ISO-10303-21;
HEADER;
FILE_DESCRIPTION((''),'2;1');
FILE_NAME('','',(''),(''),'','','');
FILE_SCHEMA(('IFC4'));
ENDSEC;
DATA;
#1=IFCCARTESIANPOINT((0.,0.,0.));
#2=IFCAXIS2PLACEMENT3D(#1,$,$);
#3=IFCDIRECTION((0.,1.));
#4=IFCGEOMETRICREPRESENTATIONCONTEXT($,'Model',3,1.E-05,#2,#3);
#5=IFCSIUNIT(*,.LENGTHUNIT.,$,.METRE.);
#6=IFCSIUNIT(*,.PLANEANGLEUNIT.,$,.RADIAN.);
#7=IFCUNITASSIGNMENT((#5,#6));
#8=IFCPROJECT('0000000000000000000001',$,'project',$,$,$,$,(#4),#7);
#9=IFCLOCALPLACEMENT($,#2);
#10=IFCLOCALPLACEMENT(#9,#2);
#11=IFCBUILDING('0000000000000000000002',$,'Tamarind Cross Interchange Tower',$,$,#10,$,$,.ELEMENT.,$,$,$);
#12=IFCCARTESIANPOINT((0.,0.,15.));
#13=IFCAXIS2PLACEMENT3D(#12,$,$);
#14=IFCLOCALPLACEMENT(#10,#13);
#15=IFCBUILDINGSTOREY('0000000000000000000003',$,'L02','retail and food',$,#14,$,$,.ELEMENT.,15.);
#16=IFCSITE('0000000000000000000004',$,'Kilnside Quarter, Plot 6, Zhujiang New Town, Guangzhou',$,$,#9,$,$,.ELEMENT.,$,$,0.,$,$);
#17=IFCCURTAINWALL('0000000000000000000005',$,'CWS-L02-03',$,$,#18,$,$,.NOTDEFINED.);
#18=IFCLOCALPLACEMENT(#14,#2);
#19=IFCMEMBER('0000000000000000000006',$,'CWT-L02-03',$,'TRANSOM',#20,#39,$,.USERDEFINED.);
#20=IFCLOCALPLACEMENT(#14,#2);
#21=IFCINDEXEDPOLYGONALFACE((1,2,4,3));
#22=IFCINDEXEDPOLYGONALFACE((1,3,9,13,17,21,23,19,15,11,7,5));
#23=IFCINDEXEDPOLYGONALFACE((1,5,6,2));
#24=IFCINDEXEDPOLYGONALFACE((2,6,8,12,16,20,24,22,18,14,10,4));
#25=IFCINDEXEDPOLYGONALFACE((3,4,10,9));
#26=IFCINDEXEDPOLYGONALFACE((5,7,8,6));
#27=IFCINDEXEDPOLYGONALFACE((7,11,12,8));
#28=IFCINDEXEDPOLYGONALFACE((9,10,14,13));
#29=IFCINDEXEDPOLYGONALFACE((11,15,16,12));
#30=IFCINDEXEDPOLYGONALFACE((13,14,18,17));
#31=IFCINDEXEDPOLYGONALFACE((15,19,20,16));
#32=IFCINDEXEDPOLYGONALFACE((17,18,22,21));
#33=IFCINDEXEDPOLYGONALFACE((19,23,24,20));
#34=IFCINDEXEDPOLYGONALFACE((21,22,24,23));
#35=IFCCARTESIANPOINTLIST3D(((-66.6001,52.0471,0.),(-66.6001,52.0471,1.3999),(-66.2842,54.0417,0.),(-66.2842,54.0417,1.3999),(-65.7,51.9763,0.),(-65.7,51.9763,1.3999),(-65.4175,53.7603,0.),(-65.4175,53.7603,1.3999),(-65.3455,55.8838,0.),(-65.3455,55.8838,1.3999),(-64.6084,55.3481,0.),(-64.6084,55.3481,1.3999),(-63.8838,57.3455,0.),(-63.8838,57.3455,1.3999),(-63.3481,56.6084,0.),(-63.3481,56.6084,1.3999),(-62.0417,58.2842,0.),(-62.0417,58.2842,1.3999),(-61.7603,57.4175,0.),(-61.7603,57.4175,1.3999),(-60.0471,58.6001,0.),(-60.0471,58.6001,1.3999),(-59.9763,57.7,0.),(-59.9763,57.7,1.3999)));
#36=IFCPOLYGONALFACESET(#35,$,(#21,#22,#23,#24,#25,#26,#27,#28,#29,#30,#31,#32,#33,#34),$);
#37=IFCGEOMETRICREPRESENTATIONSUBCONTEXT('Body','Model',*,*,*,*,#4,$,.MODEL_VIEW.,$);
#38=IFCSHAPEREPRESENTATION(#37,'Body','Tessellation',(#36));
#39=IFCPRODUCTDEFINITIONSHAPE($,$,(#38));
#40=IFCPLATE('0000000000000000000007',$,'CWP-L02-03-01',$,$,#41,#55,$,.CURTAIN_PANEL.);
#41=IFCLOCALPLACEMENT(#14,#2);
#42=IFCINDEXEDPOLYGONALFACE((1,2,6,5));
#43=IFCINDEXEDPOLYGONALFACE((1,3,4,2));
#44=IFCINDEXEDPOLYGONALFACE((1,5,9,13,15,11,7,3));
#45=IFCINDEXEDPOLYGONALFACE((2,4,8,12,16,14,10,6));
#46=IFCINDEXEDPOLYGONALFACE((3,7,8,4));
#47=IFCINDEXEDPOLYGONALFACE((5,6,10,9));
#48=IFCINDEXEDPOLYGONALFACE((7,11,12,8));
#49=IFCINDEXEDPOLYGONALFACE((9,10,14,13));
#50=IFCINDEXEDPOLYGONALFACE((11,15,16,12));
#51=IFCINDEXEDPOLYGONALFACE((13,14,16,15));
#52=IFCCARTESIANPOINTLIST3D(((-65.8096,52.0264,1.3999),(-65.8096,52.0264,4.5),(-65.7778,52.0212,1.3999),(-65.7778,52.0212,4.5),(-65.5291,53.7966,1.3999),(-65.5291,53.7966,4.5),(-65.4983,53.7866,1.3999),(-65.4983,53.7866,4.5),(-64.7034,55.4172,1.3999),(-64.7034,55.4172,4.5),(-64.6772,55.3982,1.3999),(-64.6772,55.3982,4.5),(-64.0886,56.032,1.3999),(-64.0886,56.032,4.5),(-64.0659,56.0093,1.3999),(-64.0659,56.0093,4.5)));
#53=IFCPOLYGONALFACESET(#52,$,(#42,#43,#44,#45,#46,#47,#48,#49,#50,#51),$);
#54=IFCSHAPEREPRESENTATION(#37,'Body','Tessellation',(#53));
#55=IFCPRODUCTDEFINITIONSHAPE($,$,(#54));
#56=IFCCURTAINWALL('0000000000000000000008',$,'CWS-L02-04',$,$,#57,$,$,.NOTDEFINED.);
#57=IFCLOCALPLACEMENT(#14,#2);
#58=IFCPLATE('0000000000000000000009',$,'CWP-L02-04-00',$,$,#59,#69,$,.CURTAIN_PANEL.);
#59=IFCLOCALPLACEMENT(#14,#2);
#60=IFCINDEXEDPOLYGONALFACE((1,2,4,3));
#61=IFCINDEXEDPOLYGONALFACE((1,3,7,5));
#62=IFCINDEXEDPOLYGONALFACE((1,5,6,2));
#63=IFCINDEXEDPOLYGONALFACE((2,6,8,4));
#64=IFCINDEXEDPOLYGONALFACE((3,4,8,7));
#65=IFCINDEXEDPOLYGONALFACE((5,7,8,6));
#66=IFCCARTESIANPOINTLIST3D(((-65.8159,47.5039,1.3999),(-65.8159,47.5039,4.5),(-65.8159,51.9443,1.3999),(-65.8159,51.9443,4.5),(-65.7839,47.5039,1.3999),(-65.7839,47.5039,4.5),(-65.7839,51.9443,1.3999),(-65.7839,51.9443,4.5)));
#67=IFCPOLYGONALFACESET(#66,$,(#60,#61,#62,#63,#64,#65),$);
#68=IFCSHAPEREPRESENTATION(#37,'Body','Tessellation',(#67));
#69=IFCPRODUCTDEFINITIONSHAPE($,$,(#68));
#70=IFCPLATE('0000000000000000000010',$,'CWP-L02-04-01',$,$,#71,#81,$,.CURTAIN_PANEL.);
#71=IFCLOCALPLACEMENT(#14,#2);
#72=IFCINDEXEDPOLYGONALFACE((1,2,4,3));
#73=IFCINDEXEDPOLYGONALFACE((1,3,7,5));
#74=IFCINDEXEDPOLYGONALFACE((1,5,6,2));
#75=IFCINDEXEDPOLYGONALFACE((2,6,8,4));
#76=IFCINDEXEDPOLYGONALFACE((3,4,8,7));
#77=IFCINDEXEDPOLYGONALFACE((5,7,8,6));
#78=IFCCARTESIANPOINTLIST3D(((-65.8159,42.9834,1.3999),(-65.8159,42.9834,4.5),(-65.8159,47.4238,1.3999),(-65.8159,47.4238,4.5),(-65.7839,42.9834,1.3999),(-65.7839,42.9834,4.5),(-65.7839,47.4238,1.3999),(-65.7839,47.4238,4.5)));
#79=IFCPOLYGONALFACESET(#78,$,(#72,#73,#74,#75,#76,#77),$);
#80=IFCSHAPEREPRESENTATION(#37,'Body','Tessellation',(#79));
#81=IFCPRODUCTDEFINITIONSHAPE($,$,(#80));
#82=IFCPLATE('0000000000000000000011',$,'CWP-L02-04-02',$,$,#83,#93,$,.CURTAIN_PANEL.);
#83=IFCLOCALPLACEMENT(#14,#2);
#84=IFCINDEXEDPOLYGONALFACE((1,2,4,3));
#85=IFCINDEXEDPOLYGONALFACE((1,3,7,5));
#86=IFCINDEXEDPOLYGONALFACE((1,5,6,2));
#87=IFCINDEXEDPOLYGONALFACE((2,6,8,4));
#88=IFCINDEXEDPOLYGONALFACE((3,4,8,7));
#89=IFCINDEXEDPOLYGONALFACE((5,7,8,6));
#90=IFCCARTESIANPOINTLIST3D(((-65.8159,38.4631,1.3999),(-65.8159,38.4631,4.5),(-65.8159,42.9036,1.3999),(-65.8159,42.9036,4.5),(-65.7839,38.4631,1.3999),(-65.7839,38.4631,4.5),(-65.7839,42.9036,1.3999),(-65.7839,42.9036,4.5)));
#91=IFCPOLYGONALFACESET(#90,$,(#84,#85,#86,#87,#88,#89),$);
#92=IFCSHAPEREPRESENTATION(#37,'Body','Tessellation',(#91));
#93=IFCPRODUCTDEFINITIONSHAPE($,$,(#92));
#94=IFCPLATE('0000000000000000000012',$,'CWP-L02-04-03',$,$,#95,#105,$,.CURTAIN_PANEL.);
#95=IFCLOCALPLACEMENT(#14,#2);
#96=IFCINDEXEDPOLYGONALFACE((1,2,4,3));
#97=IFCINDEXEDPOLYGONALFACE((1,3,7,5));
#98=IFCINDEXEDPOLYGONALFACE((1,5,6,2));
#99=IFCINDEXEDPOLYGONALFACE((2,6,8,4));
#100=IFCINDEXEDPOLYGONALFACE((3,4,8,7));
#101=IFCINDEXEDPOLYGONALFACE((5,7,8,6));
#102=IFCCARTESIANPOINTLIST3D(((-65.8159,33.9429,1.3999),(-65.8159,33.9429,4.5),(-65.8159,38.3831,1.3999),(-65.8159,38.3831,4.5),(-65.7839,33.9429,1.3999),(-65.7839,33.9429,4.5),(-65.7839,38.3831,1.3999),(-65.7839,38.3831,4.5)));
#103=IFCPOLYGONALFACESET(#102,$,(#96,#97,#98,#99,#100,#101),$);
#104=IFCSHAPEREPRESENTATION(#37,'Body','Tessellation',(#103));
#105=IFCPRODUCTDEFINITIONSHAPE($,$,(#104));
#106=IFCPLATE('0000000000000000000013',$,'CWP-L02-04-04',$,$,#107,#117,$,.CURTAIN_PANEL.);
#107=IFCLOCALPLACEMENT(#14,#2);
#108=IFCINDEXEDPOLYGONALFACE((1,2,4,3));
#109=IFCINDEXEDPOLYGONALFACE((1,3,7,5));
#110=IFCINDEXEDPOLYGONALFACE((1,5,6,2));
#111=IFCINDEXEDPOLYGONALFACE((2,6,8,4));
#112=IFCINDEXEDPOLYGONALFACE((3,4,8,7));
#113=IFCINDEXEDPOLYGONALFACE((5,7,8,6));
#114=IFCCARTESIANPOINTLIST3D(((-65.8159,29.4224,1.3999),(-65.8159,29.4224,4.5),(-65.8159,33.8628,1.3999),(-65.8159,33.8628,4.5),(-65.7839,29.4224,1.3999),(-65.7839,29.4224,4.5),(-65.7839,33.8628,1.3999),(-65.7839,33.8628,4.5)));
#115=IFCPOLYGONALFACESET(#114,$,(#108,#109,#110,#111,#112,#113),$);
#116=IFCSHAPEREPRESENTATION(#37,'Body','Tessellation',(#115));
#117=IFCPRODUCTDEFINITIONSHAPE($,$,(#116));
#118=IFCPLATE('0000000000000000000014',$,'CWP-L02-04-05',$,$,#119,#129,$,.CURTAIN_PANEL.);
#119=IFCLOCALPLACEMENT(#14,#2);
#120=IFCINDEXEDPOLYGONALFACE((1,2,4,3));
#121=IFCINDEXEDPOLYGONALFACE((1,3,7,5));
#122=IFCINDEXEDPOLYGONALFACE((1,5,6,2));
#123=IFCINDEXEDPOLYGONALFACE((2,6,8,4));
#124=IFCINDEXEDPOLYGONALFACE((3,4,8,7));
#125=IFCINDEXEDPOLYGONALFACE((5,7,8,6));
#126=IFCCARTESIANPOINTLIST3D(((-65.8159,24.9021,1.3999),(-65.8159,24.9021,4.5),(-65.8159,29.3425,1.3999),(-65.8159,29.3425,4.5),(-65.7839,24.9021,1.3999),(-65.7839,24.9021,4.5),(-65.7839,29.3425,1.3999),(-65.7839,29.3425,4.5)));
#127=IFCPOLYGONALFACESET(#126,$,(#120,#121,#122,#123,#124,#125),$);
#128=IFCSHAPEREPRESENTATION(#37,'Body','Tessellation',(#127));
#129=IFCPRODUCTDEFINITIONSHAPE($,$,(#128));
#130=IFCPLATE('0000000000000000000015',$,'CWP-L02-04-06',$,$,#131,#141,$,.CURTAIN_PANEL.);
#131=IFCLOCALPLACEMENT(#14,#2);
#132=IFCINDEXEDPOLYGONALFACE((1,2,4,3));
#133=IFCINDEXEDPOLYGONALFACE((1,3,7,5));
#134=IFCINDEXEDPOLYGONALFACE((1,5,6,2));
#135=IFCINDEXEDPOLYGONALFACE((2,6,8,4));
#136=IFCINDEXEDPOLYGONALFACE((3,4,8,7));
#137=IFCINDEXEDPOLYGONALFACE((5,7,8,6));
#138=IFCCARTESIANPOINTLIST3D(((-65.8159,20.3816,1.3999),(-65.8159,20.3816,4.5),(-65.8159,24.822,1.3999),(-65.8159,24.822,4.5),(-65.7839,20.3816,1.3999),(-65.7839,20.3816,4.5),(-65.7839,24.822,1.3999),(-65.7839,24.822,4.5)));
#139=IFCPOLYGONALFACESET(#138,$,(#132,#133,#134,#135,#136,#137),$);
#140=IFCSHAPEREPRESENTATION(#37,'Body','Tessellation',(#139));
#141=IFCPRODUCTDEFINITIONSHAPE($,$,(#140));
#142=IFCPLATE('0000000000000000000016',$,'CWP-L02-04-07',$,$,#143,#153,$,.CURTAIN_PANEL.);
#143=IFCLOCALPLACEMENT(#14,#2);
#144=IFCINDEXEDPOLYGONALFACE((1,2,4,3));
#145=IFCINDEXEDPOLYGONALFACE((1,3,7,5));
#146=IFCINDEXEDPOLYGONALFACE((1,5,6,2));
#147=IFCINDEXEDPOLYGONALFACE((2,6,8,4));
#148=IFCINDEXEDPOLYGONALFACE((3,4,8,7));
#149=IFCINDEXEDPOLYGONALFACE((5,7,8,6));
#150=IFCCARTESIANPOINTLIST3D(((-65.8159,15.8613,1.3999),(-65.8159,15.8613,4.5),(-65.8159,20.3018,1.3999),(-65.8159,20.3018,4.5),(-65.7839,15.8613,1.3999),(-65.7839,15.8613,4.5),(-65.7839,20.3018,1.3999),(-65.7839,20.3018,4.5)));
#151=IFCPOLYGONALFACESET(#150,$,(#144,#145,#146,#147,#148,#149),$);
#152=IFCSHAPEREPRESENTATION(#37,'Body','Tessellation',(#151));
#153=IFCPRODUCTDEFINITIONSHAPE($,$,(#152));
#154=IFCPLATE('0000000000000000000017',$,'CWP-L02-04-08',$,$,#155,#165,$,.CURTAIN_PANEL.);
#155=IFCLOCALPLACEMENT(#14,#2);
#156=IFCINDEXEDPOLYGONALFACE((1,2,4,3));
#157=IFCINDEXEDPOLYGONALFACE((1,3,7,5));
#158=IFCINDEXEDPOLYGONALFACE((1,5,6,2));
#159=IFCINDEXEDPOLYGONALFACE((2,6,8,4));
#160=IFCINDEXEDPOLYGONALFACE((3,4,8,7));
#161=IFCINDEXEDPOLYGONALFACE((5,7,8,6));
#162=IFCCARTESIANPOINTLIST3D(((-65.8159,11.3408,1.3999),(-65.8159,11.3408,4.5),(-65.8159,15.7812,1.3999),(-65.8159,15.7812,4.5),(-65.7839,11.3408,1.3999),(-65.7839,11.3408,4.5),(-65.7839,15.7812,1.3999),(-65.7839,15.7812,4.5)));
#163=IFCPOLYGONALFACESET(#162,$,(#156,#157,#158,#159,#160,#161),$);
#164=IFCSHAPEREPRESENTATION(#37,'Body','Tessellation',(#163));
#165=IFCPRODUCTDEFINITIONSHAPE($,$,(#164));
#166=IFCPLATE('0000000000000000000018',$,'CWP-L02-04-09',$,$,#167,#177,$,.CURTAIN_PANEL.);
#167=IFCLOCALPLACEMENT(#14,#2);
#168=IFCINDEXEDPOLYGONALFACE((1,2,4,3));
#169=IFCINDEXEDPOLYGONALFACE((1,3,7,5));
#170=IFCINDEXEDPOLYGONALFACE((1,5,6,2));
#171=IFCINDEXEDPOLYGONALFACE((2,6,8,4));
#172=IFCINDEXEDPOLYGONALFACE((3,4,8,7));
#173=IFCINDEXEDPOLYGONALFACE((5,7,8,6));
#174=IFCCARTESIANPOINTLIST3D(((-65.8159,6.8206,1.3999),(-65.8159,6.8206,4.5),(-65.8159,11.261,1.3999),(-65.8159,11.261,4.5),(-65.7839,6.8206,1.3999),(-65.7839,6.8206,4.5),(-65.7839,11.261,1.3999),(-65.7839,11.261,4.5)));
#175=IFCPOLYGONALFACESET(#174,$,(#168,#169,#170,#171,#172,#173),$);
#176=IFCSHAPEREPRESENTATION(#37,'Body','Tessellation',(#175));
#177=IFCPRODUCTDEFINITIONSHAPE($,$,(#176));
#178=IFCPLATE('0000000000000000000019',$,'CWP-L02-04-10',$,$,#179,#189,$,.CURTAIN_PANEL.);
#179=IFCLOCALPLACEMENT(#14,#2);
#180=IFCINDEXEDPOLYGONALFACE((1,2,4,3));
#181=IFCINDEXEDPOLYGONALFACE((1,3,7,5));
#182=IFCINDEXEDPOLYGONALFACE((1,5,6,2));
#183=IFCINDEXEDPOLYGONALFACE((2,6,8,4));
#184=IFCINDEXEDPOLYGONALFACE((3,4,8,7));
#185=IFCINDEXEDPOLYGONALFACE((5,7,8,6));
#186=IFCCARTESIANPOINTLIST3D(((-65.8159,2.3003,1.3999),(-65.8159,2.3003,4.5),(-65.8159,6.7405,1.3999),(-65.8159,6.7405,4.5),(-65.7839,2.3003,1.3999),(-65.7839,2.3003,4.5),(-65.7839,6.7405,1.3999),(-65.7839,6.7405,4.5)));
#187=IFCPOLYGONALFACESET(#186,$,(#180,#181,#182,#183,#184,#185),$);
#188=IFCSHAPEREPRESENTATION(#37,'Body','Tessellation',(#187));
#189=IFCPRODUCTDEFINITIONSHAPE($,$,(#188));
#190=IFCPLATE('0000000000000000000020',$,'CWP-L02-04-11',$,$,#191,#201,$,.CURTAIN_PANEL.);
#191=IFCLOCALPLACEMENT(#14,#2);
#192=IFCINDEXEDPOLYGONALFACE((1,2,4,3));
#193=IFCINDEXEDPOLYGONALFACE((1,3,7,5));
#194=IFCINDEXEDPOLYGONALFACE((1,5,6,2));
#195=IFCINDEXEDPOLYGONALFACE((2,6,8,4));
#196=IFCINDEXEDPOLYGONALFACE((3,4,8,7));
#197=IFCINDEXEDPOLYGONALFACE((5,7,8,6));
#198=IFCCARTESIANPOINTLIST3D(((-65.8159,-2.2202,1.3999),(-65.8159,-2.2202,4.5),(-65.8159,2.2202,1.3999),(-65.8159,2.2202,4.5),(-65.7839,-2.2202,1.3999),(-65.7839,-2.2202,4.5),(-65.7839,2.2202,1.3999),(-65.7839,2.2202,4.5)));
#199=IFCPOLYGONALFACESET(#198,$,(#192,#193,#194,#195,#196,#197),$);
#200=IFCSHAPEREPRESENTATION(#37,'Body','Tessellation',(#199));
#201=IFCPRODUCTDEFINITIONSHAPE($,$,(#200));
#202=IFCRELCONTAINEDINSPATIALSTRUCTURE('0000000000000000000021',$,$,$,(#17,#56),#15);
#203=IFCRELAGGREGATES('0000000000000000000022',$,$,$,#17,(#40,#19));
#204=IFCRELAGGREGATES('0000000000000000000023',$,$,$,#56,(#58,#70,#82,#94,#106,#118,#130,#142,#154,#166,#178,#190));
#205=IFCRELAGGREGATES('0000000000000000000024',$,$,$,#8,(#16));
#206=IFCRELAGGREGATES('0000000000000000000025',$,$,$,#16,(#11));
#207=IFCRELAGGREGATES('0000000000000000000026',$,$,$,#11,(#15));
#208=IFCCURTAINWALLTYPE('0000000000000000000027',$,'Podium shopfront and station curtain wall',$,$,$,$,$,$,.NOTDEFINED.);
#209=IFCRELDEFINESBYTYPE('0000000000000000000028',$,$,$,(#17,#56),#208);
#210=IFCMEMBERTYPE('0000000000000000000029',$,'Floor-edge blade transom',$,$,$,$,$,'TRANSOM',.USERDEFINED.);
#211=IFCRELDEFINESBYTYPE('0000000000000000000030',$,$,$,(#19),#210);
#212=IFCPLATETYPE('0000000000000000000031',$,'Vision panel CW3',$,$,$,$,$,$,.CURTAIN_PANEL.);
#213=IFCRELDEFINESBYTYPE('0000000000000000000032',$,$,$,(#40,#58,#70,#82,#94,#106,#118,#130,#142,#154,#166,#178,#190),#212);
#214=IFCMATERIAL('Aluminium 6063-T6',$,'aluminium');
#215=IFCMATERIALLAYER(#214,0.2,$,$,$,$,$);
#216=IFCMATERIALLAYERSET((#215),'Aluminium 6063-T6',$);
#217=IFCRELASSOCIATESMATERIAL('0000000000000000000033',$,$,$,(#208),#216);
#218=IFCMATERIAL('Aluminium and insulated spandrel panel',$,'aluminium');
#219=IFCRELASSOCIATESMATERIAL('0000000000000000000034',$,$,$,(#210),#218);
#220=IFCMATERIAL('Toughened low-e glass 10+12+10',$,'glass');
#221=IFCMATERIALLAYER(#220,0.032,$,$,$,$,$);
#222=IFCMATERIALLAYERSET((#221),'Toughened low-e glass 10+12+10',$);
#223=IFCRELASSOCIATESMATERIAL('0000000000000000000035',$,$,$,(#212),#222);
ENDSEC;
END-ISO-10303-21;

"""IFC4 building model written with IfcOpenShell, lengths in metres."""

from ifc_helpers import new_model, si_unit, direction, frame, origin, place, context, subcontext, project, spatial, polyline, outline, extrude, material, layer, layer_set, type_object, element, aggregate, save


model = new_model("IFC4")

# Units and contexts
model_context = context("Model", 3, precision=1e-05, world=origin(), true_north=direction((0.0, 1.0)))
body_context = subcontext(model_context, "Body", "Model", "MODEL_VIEW")
ifc_project = project(units=[si_unit("LENGTHUNIT", "METRE"), si_unit("PLANEANGLEUNIT", "RADIAN")], contexts=[model_context])

# Site, building, storey
site_placement = place(None, origin())
site = spatial("IfcSite", under=ifc_project, at=site_placement, Name="Kilnside Quarter, Plot 6, Zhujiang New Town, Guangzhou", CompositionType="ELEMENT", RefElevation=0.0)
building_placement = place(site_placement, origin())
building = spatial("IfcBuilding", under=site, at=building_placement, Name="Tamarind Cross Interchange Tower", CompositionType="ELEMENT")
storey_placement = place(building_placement, frame((0.0, 0.0, 15.0)))
storey = spatial("IfcBuildingStorey", under=building, at=storey_placement, Name="L02", Description="retail and food", CompositionType="ELEMENT", Elevation=15.0)

# Curtain wall, member, plate
ifc_material_1 = material(Name="Aluminium 6063-T6", Category="aluminium")
ifc_layer_1 = layer(ifc_material_1, 0.2)
ifc_layer_set_1 = layer_set([ifc_layer_1], Name="Aluminium 6063-T6")
curtain_wall_type = type_object("IfcCurtainWallType", Name="Podium shopfront and station curtain wall", PredefinedType="NOTDEFINED", material=ifc_layer_set_1)
curtain_wall_1_placement = place(storey_placement, origin())
curtain_wall_1 = element("IfcCurtainWall", 1, at=curtain_wall_1_placement, inside=storey, type_object=curtain_wall_type, Name="CWS-L02-03", PredefinedType="NOTDEFINED")
ifc_material_2 = material(Name="Aluminium and insulated spandrel panel", Category="aluminium")
member_type = type_object("IfcMemberType", Name="Floor-edge blade transom", ElementType="TRANSOM", PredefinedType="USERDEFINED", material=ifc_material_2)
member_placement = place(storey_placement, origin())
member = element("IfcMember", 2, at=member_placement, type_object=member_type, Name="CWT-L02-03", ObjectType="TRANSOM", PredefinedType="USERDEFINED", context=body_context, shape_type="SweptSolid", body=[
    extrude(outline(polyline([(-59.9763, 57.7), (-61.7603, 57.4175), (-63.3481, 56.6084), (-64.6084, 55.3481), (-65.4175, 53.7603), (-65.7, 51.9763), (-66.6001, 52.0471), (-66.2842, 54.0417), (-65.3455, 55.8838), (-63.8838, 57.3455), (-62.0417, 58.2842), (-60.0471, 58.6001), (-59.9763, 57.7)])), origin(), (0.0, 0.0, 1.0), 1.3999),
])
ifc_material_3 = material(Name="Toughened low-e glass 10+12+10", Category="glass")
ifc_layer_2 = layer(ifc_material_3, 0.032)
ifc_layer_set_2 = layer_set([ifc_layer_2], Name="Toughened low-e glass 10+12+10")
plate_type = type_object("IfcPlateType", Name="Vision panel CW3", PredefinedType="CURTAIN_PANEL", material=ifc_layer_set_2)
plate_1_placement = place(storey_placement, frame((0.0, 0.0, 1.3999)))
plate_1 = element("IfcPlate", 3, at=plate_1_placement, type_object=plate_type, Name="CWP-L02-03-01", PredefinedType="CURTAIN_PANEL", context=body_context, shape_type="SweptSolid", body=[
    extrude(outline(polyline([(-64.0659, 56.0093), (-64.6772, 55.3982), (-65.4983, 53.7866), (-65.7778, 52.0212), (-65.8096, 52.0264), (-65.5291, 53.7966), (-64.7034, 55.4172), (-64.0886, 56.032), (-64.0659, 56.0093)])), origin(), (0.0, 0.0, 1.0), 3.1001),
])
aggregate(curtain_wall_1, [plate_1, member])

# Curtain wall, plates
curtain_wall_2_placement = place(storey_placement, origin())
curtain_wall_2 = element("IfcCurtainWall", 4, at=curtain_wall_2_placement, inside=storey, type_object=curtain_wall_type, Name="CWS-L02-04", PredefinedType="NOTDEFINED")
plate_2_placement = place(storey_placement, frame((0.0, 0.0, 1.3999)))
plate_2 = element("IfcPlate", 5, at=plate_2_placement, type_object=plate_type, Name="CWP-L02-04-00", PredefinedType="CURTAIN_PANEL", context=body_context, shape_type="SweptSolid", body=[
    extrude(outline(polyline([(-65.7839, 51.9443), (-65.7839, 47.5039), (-65.8159, 47.5039), (-65.8159, 51.9443), (-65.7839, 51.9443)])), origin(), (0.0, 0.0, 1.0), 3.1001),
])
plate_3_placement = place(storey_placement, frame((0.0, 0.0, 1.3999)))
plate_3 = element("IfcPlate", 6, at=plate_3_placement, type_object=plate_type, Name="CWP-L02-04-01", PredefinedType="CURTAIN_PANEL", context=body_context, shape_type="SweptSolid", body=[
    extrude(outline(polyline([(-65.7839, 47.4238), (-65.7839, 42.9834), (-65.8159, 42.9834), (-65.8159, 47.4238), (-65.7839, 47.4238)])), origin(), (0.0, 0.0, 1.0), 3.1001),
])
plate_4_placement = place(storey_placement, frame((0.0, 0.0, 1.3999)))
plate_4 = element("IfcPlate", 7, at=plate_4_placement, type_object=plate_type, Name="CWP-L02-04-02", PredefinedType="CURTAIN_PANEL", context=body_context, shape_type="SweptSolid", body=[
    extrude(outline(polyline([(-65.7839, 42.9036), (-65.7839, 38.4631), (-65.8159, 38.4631), (-65.8159, 42.9036), (-65.7839, 42.9036)])), origin(), (0.0, 0.0, 1.0), 3.1001),
])
plate_5_placement = place(storey_placement, frame((0.0, 0.0, 1.3999)))
plate_5 = element("IfcPlate", 8, at=plate_5_placement, type_object=plate_type, Name="CWP-L02-04-03", PredefinedType="CURTAIN_PANEL", context=body_context, shape_type="SweptSolid", body=[
    extrude(outline(polyline([(-65.7839, 38.3831), (-65.7839, 33.9429), (-65.8159, 33.9429), (-65.8159, 38.3831), (-65.7839, 38.3831)])), origin(), (0.0, 0.0, 1.0), 3.1001),
])
plate_6_placement = place(storey_placement, frame((0.0, 0.0, 1.3999)))
plate_6 = element("IfcPlate", 9, at=plate_6_placement, type_object=plate_type, Name="CWP-L02-04-04", PredefinedType="CURTAIN_PANEL", context=body_context, shape_type="SweptSolid", body=[
    extrude(outline(polyline([(-65.7839, 33.8628), (-65.7839, 29.4224), (-65.8159, 29.4224), (-65.8159, 33.8628), (-65.7839, 33.8628)])), origin(), (0.0, 0.0, 1.0), 3.1001),
])
plate_7_placement = place(storey_placement, frame((0.0, 0.0, 1.3999)))
plate_7 = element("IfcPlate", 10, at=plate_7_placement, type_object=plate_type, Name="CWP-L02-04-05", PredefinedType="CURTAIN_PANEL", context=body_context, shape_type="SweptSolid", body=[
    extrude(outline(polyline([(-65.7839, 29.3425), (-65.7839, 24.9021), (-65.8159, 24.9021), (-65.8159, 29.3425), (-65.7839, 29.3425)])), origin(), (0.0, 0.0, 1.0), 3.1001),
])
plate_8_placement = place(storey_placement, frame((0.0, 0.0, 1.3999)))
plate_8 = element("IfcPlate", 11, at=plate_8_placement, type_object=plate_type, Name="CWP-L02-04-06", PredefinedType="CURTAIN_PANEL", context=body_context, shape_type="SweptSolid", body=[
    extrude(outline(polyline([(-65.7839, 24.822), (-65.7839, 20.3816), (-65.8159, 20.3816), (-65.8159, 24.822), (-65.7839, 24.822)])), origin(), (0.0, 0.0, 1.0), 3.1001),
])
plate_9_placement = place(storey_placement, frame((0.0, 0.0, 1.3999)))
plate_9 = element("IfcPlate", 12, at=plate_9_placement, type_object=plate_type, Name="CWP-L02-04-07", PredefinedType="CURTAIN_PANEL", context=body_context, shape_type="SweptSolid", body=[
    extrude(outline(polyline([(-65.7839, 20.3018), (-65.7839, 15.8613), (-65.8159, 15.8613), (-65.8159, 20.3018), (-65.7839, 20.3018)])), origin(), (0.0, 0.0, 1.0), 3.1001),
])
plate_10_placement = place(storey_placement, frame((0.0, 0.0, 1.3999)))
plate_10 = element("IfcPlate", 13, at=plate_10_placement, type_object=plate_type, Name="CWP-L02-04-08", PredefinedType="CURTAIN_PANEL", context=body_context, shape_type="SweptSolid", body=[
    extrude(outline(polyline([(-65.7839, 15.7812), (-65.7839, 11.3408), (-65.8159, 11.3408), (-65.8159, 15.7812), (-65.7839, 15.7812)])), origin(), (0.0, 0.0, 1.0), 3.1001),
])
plate_11_placement = place(storey_placement, frame((0.0, 0.0, 1.3999)))
plate_11 = element("IfcPlate", 14, at=plate_11_placement, type_object=plate_type, Name="CWP-L02-04-09", PredefinedType="CURTAIN_PANEL", context=body_context, shape_type="SweptSolid", body=[
    extrude(outline(polyline([(-65.7839, 11.261), (-65.7839, 6.8206), (-65.8159, 6.8206), (-65.8159, 11.261), (-65.7839, 11.261)])), origin(), (0.0, 0.0, 1.0), 3.1001),
])
plate_12_placement = place(storey_placement, frame((0.0, 0.0, 1.3999)))
plate_12 = element("IfcPlate", 15, at=plate_12_placement, type_object=plate_type, Name="CWP-L02-04-10", PredefinedType="CURTAIN_PANEL", context=body_context, shape_type="SweptSolid", body=[
    extrude(outline(polyline([(-65.7839, 6.7405), (-65.7839, 2.3003), (-65.8159, 2.3003), (-65.8159, 6.7405), (-65.7839, 6.7405)])), origin(), (0.0, 0.0, 1.0), 3.1001),
])
plate_13_placement = place(storey_placement, frame((0.0, 0.0, 1.3999)))
plate_13 = element("IfcPlate", 16, at=plate_13_placement, type_object=plate_type, Name="CWP-L02-04-11", PredefinedType="CURTAIN_PANEL", context=body_context, shape_type="SweptSolid", body=[
    extrude(outline(polyline([(-65.7839, 2.2202), (-65.7839, -2.2202), (-65.8159, -2.2202), (-65.8159, 2.2202), (-65.7839, 2.2202)])), origin(), (0.0, 0.0, 1.0), 3.1001),
])
aggregate(curtain_wall_2, [plate_2, plate_3, plate_4, plate_5, plate_6, plate_7, plate_8, plate_9, plate_10, plate_11, plate_12, plate_13])

save(model, "model.ifc")
